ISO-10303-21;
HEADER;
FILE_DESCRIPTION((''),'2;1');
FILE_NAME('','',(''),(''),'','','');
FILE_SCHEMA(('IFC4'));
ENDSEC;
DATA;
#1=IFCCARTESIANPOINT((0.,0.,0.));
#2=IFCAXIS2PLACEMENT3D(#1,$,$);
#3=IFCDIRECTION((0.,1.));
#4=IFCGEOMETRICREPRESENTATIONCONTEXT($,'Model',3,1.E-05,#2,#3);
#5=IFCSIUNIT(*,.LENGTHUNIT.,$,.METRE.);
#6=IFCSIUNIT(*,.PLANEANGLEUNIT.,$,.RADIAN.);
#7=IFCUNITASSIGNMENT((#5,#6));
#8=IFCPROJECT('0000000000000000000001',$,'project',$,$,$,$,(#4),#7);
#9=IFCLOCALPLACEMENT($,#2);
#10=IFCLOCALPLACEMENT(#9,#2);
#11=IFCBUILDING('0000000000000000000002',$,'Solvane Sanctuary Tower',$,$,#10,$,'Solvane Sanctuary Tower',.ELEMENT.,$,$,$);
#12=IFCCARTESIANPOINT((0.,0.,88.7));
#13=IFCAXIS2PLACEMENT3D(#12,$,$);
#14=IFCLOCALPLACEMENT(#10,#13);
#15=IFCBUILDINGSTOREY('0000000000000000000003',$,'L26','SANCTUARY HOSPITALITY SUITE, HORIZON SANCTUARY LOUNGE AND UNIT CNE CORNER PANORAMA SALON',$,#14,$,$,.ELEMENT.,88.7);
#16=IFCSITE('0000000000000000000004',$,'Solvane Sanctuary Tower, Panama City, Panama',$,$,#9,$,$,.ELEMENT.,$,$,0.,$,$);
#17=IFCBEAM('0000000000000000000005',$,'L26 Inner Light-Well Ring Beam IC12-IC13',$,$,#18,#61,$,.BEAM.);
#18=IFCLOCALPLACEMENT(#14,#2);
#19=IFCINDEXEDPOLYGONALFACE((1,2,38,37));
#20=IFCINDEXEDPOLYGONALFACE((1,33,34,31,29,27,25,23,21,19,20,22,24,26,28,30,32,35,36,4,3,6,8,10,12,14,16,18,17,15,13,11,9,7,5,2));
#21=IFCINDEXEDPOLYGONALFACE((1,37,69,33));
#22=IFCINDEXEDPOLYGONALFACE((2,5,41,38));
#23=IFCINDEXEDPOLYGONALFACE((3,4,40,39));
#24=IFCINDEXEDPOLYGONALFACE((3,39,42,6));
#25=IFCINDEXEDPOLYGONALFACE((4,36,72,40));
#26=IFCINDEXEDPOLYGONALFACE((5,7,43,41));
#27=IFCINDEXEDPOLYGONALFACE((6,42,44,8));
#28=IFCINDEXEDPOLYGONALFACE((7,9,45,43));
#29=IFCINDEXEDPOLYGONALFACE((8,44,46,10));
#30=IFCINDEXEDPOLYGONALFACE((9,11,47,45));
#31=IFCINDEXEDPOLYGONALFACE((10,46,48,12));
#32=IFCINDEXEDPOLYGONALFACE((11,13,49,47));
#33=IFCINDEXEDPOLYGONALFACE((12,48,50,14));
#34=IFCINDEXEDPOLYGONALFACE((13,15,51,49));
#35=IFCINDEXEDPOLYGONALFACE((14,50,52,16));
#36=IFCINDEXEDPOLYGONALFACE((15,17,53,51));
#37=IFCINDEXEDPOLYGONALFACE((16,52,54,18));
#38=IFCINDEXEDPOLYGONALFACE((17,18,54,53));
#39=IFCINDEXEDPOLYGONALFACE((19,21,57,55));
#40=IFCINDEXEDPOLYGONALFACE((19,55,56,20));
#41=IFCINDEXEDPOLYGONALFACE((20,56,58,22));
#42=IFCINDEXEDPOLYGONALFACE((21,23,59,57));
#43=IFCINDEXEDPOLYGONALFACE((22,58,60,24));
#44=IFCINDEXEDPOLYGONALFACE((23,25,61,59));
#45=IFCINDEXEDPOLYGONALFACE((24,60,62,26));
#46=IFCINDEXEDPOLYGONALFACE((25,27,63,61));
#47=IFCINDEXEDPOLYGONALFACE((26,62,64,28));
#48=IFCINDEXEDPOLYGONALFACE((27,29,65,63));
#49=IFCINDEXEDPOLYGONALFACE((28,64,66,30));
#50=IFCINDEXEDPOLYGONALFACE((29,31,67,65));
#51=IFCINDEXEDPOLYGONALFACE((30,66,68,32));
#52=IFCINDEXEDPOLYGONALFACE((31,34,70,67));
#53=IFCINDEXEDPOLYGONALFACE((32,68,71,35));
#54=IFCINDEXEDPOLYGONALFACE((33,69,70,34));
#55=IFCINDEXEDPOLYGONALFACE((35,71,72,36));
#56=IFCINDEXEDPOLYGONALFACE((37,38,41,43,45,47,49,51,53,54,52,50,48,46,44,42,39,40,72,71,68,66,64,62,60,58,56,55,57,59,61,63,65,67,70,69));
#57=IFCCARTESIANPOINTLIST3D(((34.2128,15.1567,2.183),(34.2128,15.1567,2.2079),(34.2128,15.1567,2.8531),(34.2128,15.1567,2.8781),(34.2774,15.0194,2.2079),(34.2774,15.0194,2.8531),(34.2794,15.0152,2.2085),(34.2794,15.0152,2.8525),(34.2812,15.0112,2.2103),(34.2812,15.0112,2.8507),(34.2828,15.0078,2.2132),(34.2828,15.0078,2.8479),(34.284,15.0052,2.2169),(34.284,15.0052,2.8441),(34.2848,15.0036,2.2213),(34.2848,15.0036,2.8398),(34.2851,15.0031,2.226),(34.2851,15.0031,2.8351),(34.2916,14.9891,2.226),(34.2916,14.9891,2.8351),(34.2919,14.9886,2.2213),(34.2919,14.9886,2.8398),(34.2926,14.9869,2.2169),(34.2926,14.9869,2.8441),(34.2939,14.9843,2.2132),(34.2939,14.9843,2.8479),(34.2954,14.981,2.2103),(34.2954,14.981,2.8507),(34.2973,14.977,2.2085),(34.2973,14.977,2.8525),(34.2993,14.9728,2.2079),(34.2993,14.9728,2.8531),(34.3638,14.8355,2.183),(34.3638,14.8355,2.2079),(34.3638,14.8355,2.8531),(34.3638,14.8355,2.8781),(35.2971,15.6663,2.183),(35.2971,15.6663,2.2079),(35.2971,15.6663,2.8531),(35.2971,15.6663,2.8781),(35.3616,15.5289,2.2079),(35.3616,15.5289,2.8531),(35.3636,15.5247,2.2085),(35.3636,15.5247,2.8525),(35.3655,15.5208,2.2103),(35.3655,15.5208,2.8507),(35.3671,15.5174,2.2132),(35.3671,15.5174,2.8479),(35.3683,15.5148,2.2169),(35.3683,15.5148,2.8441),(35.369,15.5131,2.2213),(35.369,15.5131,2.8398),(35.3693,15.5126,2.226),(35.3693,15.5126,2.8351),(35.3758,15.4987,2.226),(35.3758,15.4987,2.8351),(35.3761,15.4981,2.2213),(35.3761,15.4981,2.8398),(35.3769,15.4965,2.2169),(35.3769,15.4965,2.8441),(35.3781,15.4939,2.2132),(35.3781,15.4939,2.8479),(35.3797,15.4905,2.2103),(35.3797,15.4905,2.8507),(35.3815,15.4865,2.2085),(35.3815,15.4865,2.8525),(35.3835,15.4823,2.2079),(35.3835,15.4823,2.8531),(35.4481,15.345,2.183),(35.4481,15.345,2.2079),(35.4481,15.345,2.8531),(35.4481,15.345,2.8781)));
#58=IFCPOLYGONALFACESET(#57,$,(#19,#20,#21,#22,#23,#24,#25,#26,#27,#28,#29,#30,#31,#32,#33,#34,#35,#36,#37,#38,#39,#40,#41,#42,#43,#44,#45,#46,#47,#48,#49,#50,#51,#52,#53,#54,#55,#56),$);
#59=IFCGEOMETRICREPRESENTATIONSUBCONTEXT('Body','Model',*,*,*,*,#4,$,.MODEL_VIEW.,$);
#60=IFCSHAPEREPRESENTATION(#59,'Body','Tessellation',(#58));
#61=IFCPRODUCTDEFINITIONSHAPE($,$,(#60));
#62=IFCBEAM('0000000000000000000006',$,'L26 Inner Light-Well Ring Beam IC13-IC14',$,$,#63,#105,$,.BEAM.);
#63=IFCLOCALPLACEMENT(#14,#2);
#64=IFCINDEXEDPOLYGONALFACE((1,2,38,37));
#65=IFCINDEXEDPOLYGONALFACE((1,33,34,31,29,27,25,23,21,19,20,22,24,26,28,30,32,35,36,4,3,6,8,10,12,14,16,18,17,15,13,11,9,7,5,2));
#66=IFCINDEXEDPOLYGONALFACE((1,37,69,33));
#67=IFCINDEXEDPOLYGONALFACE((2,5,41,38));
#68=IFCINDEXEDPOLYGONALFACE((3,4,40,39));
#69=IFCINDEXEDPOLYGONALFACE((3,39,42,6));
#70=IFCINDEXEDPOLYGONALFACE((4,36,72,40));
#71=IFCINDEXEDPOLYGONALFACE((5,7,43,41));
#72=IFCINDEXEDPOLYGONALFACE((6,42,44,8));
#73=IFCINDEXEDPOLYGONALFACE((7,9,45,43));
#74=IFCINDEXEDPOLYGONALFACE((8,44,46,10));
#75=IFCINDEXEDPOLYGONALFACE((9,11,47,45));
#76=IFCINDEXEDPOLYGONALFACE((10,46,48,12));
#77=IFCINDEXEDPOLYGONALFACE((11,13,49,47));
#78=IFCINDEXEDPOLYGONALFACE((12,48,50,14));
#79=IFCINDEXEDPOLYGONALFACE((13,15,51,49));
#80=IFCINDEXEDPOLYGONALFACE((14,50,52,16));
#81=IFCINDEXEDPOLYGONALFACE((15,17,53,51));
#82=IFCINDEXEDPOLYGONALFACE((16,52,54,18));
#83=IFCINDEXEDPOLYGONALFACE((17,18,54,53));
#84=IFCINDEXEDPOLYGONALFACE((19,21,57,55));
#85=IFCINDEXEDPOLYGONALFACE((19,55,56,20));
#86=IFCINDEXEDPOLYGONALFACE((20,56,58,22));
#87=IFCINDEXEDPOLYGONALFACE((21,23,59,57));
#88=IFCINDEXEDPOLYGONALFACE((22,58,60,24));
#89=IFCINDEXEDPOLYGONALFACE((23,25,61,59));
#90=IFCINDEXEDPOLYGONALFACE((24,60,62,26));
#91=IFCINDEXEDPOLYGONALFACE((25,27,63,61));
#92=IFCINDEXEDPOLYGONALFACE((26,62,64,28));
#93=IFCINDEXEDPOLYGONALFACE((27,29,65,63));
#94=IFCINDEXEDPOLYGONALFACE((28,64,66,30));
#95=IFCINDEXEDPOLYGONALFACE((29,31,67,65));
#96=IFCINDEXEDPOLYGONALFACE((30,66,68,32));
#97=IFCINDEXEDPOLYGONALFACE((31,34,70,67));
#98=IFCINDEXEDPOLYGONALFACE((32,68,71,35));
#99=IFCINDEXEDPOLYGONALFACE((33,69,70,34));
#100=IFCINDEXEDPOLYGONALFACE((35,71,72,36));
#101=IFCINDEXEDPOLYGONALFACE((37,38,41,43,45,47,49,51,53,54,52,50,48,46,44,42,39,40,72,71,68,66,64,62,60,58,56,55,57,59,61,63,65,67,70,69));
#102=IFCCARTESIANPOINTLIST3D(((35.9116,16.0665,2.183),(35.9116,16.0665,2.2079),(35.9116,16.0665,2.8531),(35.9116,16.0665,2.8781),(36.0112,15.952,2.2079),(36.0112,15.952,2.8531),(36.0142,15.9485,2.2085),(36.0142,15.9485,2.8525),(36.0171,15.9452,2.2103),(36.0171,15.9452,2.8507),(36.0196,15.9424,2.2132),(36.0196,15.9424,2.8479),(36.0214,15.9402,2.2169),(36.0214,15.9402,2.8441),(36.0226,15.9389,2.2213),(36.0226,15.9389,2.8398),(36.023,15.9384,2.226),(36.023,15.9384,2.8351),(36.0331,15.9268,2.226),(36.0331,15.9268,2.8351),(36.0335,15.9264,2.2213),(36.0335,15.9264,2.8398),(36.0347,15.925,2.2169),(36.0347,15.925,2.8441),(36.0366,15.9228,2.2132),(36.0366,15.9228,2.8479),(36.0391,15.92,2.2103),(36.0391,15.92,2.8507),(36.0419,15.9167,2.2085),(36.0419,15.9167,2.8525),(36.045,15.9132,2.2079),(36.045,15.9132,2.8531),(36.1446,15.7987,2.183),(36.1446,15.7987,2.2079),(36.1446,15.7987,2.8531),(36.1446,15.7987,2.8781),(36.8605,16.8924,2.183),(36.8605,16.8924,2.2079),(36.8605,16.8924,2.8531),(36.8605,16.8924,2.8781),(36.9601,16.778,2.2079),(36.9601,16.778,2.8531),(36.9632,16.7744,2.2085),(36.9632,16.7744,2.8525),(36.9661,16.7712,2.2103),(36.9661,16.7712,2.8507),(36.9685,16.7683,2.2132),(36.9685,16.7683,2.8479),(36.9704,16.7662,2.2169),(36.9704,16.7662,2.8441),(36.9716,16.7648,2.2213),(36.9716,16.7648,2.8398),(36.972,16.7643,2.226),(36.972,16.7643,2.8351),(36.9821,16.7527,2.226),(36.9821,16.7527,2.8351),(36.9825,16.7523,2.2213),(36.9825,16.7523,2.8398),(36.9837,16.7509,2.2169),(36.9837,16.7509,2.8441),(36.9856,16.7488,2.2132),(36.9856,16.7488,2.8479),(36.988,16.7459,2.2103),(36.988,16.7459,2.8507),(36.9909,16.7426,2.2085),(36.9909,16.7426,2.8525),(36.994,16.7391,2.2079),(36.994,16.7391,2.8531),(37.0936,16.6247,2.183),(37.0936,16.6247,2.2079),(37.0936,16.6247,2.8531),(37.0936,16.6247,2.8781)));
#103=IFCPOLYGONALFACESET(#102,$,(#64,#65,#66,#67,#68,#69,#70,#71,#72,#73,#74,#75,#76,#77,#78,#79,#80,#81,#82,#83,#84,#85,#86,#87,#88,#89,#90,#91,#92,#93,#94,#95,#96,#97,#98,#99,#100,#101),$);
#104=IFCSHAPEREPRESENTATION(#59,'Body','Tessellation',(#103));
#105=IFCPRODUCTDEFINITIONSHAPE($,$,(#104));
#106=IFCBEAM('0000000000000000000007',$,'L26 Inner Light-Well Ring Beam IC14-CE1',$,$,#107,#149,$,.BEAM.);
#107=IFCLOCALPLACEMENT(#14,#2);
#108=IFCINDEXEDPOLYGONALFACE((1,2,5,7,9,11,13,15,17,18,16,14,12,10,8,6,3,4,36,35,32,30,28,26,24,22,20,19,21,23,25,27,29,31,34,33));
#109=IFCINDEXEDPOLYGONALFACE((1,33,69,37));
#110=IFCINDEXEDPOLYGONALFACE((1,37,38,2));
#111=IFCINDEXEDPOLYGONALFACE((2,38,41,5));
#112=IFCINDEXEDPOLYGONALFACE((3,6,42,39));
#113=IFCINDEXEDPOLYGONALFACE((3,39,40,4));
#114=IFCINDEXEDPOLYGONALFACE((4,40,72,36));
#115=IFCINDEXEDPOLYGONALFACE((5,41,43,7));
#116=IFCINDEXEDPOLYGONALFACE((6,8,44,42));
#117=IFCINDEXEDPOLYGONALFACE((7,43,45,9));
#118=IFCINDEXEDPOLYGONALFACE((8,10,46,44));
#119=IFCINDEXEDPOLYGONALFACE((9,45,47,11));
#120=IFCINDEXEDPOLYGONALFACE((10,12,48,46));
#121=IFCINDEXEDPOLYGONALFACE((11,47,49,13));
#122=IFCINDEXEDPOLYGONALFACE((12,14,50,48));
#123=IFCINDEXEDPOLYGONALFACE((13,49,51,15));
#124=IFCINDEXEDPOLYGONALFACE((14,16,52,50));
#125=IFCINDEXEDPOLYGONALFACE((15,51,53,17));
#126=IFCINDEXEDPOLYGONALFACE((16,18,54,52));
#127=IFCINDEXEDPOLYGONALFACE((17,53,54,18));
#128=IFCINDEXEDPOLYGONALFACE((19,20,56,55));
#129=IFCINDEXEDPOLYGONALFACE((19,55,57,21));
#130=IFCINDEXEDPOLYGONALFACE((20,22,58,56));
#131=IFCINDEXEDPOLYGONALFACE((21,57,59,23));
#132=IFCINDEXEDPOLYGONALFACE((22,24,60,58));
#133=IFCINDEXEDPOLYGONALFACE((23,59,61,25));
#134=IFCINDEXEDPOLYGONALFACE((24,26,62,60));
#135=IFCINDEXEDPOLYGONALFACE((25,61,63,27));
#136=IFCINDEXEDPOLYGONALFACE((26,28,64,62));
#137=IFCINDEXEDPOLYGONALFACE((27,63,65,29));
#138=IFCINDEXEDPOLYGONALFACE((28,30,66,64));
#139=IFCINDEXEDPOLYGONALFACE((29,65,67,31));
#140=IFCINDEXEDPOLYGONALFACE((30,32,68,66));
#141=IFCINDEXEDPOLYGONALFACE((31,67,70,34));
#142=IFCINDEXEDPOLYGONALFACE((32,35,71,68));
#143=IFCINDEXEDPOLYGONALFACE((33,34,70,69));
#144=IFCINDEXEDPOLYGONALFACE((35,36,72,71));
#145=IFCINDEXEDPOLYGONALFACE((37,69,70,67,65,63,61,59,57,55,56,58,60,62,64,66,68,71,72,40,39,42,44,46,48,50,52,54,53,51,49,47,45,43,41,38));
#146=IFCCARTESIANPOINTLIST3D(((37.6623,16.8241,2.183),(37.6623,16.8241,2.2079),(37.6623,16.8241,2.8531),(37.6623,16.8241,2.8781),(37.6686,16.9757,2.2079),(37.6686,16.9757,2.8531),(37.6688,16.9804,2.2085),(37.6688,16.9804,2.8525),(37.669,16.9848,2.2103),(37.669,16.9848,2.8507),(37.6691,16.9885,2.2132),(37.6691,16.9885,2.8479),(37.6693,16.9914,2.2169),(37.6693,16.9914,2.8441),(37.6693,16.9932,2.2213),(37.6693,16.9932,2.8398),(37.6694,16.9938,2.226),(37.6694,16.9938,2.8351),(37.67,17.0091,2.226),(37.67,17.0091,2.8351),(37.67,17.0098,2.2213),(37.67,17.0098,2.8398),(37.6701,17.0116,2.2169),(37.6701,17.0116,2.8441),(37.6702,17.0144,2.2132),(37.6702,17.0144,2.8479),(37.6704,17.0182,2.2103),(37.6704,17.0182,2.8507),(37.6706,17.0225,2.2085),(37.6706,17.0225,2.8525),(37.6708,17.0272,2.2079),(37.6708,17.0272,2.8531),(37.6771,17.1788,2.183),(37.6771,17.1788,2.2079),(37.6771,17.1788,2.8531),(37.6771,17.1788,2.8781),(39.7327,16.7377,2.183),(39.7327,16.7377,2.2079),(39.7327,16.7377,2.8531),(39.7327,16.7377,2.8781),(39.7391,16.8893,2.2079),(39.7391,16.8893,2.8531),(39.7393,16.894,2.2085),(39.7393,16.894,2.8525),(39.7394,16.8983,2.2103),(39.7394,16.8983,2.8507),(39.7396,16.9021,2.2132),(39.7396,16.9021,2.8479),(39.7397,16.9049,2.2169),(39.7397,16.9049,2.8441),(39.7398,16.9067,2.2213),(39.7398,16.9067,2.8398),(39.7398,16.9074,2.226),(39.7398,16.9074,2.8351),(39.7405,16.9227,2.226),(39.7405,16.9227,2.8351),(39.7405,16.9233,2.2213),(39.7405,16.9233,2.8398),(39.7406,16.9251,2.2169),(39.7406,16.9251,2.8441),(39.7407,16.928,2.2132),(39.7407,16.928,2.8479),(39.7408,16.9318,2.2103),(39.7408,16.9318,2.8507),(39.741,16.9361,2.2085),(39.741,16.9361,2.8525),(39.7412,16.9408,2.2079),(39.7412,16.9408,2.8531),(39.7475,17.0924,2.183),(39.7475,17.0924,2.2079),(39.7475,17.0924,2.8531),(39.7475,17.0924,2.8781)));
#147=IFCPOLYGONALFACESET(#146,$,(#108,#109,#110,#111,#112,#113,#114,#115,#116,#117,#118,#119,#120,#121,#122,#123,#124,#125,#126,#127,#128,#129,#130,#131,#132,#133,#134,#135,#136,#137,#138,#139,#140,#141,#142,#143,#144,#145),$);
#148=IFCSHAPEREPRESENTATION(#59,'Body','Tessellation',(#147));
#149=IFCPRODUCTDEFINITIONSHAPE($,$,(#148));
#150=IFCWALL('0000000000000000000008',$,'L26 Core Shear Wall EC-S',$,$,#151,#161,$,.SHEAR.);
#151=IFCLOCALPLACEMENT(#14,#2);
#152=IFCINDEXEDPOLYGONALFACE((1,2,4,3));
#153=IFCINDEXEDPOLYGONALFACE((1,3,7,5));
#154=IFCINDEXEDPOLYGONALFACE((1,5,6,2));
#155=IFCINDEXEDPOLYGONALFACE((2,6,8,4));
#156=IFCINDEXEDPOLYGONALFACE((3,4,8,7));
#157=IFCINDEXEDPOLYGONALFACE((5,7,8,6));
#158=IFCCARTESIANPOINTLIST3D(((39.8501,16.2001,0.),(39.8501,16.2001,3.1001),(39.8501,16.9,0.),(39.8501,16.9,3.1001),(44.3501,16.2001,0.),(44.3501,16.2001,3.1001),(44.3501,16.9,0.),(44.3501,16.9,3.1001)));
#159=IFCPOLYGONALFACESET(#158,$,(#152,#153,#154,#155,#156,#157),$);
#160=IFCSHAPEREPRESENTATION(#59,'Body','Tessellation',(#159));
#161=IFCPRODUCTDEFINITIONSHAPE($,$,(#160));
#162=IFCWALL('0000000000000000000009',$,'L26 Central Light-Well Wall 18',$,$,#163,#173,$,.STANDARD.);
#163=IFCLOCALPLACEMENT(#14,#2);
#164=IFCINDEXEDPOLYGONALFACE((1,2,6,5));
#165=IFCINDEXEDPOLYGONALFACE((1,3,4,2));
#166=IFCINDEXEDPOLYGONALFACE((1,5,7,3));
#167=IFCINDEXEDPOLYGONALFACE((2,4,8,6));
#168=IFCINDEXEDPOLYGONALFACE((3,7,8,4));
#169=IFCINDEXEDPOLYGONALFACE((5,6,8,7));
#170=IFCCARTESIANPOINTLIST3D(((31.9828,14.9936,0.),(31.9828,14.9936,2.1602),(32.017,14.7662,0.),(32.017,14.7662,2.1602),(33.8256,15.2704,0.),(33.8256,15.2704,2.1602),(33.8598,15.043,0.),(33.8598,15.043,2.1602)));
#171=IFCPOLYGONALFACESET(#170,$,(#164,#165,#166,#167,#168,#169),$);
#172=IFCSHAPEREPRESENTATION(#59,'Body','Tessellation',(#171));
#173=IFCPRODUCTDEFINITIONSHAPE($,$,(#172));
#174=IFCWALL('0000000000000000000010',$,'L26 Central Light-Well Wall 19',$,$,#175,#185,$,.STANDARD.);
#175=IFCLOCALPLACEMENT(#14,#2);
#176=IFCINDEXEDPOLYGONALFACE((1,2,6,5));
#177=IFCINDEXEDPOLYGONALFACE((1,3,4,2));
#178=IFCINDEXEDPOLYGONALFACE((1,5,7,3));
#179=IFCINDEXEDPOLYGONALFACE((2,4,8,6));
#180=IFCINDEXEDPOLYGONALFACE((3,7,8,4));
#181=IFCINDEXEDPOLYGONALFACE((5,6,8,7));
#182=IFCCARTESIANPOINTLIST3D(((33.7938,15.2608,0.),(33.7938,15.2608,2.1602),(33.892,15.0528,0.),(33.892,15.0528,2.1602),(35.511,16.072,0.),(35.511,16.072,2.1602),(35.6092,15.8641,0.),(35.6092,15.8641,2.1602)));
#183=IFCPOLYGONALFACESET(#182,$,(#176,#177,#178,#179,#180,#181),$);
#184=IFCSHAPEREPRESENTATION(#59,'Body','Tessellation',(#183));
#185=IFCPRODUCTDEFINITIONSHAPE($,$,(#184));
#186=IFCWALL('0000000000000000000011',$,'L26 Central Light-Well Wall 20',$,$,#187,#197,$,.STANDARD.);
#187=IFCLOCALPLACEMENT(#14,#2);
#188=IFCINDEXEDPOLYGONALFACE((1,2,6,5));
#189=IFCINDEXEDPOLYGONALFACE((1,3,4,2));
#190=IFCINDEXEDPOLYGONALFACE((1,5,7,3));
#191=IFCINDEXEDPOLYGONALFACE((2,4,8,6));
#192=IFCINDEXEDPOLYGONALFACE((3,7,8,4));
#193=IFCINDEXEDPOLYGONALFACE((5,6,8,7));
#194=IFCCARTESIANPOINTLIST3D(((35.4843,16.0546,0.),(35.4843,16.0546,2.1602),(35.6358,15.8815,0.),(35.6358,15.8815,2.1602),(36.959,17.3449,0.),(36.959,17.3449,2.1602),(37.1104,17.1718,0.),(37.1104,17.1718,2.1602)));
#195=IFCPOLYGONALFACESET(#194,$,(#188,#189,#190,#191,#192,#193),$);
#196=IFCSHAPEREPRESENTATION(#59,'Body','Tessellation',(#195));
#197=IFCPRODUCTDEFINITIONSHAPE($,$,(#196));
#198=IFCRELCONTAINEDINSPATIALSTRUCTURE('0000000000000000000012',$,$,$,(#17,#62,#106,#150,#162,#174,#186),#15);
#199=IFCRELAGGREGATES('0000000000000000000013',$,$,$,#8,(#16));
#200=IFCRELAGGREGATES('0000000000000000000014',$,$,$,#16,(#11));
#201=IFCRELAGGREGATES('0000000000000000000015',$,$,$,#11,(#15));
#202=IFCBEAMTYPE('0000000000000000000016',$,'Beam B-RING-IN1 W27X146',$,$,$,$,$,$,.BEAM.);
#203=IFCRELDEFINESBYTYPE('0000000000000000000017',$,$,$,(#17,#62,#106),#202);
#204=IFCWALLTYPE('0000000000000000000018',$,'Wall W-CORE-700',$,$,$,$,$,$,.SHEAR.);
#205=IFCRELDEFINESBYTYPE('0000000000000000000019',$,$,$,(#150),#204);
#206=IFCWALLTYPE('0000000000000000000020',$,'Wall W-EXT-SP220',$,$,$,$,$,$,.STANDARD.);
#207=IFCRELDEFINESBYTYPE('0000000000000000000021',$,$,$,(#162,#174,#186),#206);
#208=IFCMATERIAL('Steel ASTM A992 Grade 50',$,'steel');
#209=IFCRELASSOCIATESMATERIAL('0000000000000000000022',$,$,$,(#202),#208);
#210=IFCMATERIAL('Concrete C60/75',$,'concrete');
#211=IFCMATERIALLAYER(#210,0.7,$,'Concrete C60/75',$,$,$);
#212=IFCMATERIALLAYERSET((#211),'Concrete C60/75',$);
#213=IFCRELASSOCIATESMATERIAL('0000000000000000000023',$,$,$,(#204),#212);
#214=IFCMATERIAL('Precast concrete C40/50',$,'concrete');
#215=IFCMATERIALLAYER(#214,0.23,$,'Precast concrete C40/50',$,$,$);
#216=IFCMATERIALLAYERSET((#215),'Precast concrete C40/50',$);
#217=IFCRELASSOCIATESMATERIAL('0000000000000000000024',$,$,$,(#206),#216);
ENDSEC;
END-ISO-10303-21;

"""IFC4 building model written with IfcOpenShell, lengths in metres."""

from ifc_helpers import new_model, si_unit, direction, frame, frame_2d, origin, origin_2d, place, context, subcontext, project, spatial, rectangle, i_section, extrude, material, layer, layer_set, material_profile, profile_set, type_object, element, save


model = new_model("IFC4")

# Units and contexts
model_context = context("Model", 3, precision=1e-05, world=origin(), true_north=direction((0.0, 1.0)))
body_context = subcontext(model_context, "Body", "Model", "MODEL_VIEW")
ifc_project = project(units=[si_unit("LENGTHUNIT", "METRE"), si_unit("PLANEANGLEUNIT", "RADIAN")], contexts=[model_context])

# Site, building, storey
site_placement = place(None, origin())
site = spatial("IfcSite", under=ifc_project, at=site_placement, Name="Solvane Sanctuary Tower, Panama City, Panama", CompositionType="ELEMENT", RefElevation=0.0)
building_placement = place(site_placement, origin())
building = spatial("IfcBuilding", under=site, at=building_placement, Name="Solvane Sanctuary Tower", LongName="Solvane Sanctuary Tower", CompositionType="ELEMENT")
storey_placement = place(building_placement, frame((0.0, 0.0, 88.7)))
storey = spatial("IfcBuildingStorey", under=building, at=storey_placement, Name="L26", Description="SANCTUARY HOSPITALITY SUITE, HORIZON SANCTUARY LOUNGE AND UNIT CNE CORNER PANORAMA SALON", CompositionType="ELEMENT", Elevation=88.7)

# Shared definitions
ifc_material_1 = material(Name="Concrete C60/75", Category="concrete")

# Beams
ifc_material_2 = material(Name="Steel ASTM A992 Grade 50", Category="steel")
ifc_material_profile_1 = material_profile(ifc_material_2, i_section(OverallWidth=0.355, OverallDepth=0.6951, WebThickness=0.0154, FlangeThickness=0.0249, FilletRadius=0.0181, at=origin_2d()), Name="W27X146")
ifc_profile_set_1 = profile_set([ifc_material_profile_1], Name="Steel ASTM A992 Grade 50")
beam_type_1 = type_object("IfcBeamType", Name="Beam B-RING-IN1 W27X146", PredefinedType="BEAM", material=ifc_profile_set_1)
beam_1_placement = place(storey_placement, frame((34.2883, 14.9961, 2.5305), z_axis=(0.905045, 0.425316, 0.0), x_axis=(-0.425316, 0.905045, 0.0)))
element("IfcBeam", 1, at=beam_1_placement, inside=storey, type_object=beam_type_1, Name="L26 Inner Light-Well Ring Beam IC12-IC13", PredefinedType="BEAM", context=body_context, shape_type="SweptSolid", body=[
    extrude(i_section(OverallWidth=0.355, OverallDepth=0.6951, WebThickness=0.0154, FlangeThickness=0.0249, FilletRadius=0.0181, at=origin_2d()), origin(), (0.0, 0.0, 1.0), 1.198),
])
beam_2_placement = place(storey_placement, frame((36.0281, 15.9326, 2.5305), z_axis=(0.754317, 0.65651, 0.0), x_axis=(-0.65651, 0.754317, 0.0)))
element("IfcBeam", 2, at=beam_2_placement, inside=storey, type_object=beam_type_1, Name="L26 Inner Light-Well Ring Beam IC13-IC14", PredefinedType="BEAM", context=body_context, shape_type="SweptSolid", body=[
    extrude(i_section(OverallWidth=0.355, OverallDepth=0.6951, WebThickness=0.0154, FlangeThickness=0.0249, FilletRadius=0.0181, at=origin_2d()), origin(), (0.0, 0.0, 1.0), 1.2581),
])
beam_3_placement = place(storey_placement, frame((37.6697, 17.0015, 2.5305), z_axis=(0.99913, -0.041704, 0.0), x_axis=(0.041704, 0.99913, 0.0)))
element("IfcBeam", 3, at=beam_3_placement, inside=storey, type_object=beam_type_1, Name="L26 Inner Light-Well Ring Beam IC14-CE1", PredefinedType="BEAM", context=body_context, shape_type="SweptSolid", body=[
    extrude(i_section(OverallWidth=0.355, OverallDepth=0.6951, WebThickness=0.0154, FlangeThickness=0.0249, FilletRadius=0.0181, at=origin_2d()), origin(), (0.0, 0.0, 1.0), 2.0723),
])

# Walls
ifc_layer_1 = layer(ifc_material_1, 0.7, Name="Concrete C60/75")
ifc_layer_set_1 = layer_set([ifc_layer_1], Name="Concrete C60/75")
wall_type_1 = type_object("IfcWallType", Name="Wall W-CORE-700", PredefinedType="SHEAR", material=ifc_layer_set_1)
wall_1_placement = place(storey_placement, frame((39.8501, 16.55, 0.0), z_axis=(0.0, 0.0, 1.0), x_axis=(1.0, 0.0, 0.0)))
element("IfcWall", 4, at=wall_1_placement, inside=storey, type_object=wall_type_1, Name="L26 Core Shear Wall EC-S", PredefinedType="SHEAR", context=body_context, shape_type="SweptSolid", body=[
    extrude(rectangle(XDim=4.5, YDim=0.7, at=frame_2d((2.25, 0.0))), origin(), (0.0, 0.0, 1.0), 3.1001),
])
ifc_material_3 = material(Name="Precast concrete C40/50", Category="concrete")
ifc_layer_2 = layer(ifc_material_3, 0.23, Name="Precast concrete C40/50")
ifc_layer_set_2 = layer_set([ifc_layer_2], Name="Precast concrete C40/50")
wall_type_2 = type_object("IfcWallType", Name="Wall W-EXT-SP220", PredefinedType="STANDARD", material=ifc_layer_set_2)
wall_2_placement = place(storey_placement, frame((32.0, 14.8799, 0.0), z_axis=(0.0, 0.0, 1.0), x_axis=(0.988902, 0.148571, 0.0)))
element("IfcWall", 5, at=wall_2_placement, inside=storey, type_object=wall_type_2, Name="L26 Central Light-Well Wall 18", PredefinedType="STANDARD", context=body_context, shape_type="SweptSolid", body=[
    extrude(rectangle(XDim=1.8635, YDim=0.23, at=frame_2d((0.9316, 0.0))), origin(), (0.0, 0.0, 1.0), 2.1602),
])
wall_3_placement = place(storey_placement, frame((33.8428, 15.1567, 0.0), z_axis=(0.0, 0.0, 1.0), x_axis=(0.90418, 0.427152, 0.0)))
element("IfcWall", 6, at=wall_3_placement, inside=storey, type_object=wall_type_2, Name="L26 Central Light-Well Wall 19", PredefinedType="STANDARD", context=body_context, shape_type="SweptSolid", body=[
    extrude(rectangle(XDim=1.8992, YDim=0.23, at=frame_2d((0.9497, 0.0))), origin(), (0.0, 0.0, 1.0), 2.1602),
])
wall_4_placement = place(storey_placement, frame((35.5601, 15.968, 0.0), z_axis=(0.0, 0.0, 1.0), x_axis=(0.752577, 0.658505, 0.0)))
element("IfcWall", 7, at=wall_4_placement, inside=storey, type_object=wall_type_2, Name="L26 Central Light-Well Wall 20", PredefinedType="STANDARD", context=body_context, shape_type="SweptSolid", body=[
    extrude(rectangle(XDim=1.9595, YDim=0.23, at=frame_2d((0.9797, 0.0))), origin(), (0.0, 0.0, 1.0), 2.1602),
])

save(model, "model.ifc")
